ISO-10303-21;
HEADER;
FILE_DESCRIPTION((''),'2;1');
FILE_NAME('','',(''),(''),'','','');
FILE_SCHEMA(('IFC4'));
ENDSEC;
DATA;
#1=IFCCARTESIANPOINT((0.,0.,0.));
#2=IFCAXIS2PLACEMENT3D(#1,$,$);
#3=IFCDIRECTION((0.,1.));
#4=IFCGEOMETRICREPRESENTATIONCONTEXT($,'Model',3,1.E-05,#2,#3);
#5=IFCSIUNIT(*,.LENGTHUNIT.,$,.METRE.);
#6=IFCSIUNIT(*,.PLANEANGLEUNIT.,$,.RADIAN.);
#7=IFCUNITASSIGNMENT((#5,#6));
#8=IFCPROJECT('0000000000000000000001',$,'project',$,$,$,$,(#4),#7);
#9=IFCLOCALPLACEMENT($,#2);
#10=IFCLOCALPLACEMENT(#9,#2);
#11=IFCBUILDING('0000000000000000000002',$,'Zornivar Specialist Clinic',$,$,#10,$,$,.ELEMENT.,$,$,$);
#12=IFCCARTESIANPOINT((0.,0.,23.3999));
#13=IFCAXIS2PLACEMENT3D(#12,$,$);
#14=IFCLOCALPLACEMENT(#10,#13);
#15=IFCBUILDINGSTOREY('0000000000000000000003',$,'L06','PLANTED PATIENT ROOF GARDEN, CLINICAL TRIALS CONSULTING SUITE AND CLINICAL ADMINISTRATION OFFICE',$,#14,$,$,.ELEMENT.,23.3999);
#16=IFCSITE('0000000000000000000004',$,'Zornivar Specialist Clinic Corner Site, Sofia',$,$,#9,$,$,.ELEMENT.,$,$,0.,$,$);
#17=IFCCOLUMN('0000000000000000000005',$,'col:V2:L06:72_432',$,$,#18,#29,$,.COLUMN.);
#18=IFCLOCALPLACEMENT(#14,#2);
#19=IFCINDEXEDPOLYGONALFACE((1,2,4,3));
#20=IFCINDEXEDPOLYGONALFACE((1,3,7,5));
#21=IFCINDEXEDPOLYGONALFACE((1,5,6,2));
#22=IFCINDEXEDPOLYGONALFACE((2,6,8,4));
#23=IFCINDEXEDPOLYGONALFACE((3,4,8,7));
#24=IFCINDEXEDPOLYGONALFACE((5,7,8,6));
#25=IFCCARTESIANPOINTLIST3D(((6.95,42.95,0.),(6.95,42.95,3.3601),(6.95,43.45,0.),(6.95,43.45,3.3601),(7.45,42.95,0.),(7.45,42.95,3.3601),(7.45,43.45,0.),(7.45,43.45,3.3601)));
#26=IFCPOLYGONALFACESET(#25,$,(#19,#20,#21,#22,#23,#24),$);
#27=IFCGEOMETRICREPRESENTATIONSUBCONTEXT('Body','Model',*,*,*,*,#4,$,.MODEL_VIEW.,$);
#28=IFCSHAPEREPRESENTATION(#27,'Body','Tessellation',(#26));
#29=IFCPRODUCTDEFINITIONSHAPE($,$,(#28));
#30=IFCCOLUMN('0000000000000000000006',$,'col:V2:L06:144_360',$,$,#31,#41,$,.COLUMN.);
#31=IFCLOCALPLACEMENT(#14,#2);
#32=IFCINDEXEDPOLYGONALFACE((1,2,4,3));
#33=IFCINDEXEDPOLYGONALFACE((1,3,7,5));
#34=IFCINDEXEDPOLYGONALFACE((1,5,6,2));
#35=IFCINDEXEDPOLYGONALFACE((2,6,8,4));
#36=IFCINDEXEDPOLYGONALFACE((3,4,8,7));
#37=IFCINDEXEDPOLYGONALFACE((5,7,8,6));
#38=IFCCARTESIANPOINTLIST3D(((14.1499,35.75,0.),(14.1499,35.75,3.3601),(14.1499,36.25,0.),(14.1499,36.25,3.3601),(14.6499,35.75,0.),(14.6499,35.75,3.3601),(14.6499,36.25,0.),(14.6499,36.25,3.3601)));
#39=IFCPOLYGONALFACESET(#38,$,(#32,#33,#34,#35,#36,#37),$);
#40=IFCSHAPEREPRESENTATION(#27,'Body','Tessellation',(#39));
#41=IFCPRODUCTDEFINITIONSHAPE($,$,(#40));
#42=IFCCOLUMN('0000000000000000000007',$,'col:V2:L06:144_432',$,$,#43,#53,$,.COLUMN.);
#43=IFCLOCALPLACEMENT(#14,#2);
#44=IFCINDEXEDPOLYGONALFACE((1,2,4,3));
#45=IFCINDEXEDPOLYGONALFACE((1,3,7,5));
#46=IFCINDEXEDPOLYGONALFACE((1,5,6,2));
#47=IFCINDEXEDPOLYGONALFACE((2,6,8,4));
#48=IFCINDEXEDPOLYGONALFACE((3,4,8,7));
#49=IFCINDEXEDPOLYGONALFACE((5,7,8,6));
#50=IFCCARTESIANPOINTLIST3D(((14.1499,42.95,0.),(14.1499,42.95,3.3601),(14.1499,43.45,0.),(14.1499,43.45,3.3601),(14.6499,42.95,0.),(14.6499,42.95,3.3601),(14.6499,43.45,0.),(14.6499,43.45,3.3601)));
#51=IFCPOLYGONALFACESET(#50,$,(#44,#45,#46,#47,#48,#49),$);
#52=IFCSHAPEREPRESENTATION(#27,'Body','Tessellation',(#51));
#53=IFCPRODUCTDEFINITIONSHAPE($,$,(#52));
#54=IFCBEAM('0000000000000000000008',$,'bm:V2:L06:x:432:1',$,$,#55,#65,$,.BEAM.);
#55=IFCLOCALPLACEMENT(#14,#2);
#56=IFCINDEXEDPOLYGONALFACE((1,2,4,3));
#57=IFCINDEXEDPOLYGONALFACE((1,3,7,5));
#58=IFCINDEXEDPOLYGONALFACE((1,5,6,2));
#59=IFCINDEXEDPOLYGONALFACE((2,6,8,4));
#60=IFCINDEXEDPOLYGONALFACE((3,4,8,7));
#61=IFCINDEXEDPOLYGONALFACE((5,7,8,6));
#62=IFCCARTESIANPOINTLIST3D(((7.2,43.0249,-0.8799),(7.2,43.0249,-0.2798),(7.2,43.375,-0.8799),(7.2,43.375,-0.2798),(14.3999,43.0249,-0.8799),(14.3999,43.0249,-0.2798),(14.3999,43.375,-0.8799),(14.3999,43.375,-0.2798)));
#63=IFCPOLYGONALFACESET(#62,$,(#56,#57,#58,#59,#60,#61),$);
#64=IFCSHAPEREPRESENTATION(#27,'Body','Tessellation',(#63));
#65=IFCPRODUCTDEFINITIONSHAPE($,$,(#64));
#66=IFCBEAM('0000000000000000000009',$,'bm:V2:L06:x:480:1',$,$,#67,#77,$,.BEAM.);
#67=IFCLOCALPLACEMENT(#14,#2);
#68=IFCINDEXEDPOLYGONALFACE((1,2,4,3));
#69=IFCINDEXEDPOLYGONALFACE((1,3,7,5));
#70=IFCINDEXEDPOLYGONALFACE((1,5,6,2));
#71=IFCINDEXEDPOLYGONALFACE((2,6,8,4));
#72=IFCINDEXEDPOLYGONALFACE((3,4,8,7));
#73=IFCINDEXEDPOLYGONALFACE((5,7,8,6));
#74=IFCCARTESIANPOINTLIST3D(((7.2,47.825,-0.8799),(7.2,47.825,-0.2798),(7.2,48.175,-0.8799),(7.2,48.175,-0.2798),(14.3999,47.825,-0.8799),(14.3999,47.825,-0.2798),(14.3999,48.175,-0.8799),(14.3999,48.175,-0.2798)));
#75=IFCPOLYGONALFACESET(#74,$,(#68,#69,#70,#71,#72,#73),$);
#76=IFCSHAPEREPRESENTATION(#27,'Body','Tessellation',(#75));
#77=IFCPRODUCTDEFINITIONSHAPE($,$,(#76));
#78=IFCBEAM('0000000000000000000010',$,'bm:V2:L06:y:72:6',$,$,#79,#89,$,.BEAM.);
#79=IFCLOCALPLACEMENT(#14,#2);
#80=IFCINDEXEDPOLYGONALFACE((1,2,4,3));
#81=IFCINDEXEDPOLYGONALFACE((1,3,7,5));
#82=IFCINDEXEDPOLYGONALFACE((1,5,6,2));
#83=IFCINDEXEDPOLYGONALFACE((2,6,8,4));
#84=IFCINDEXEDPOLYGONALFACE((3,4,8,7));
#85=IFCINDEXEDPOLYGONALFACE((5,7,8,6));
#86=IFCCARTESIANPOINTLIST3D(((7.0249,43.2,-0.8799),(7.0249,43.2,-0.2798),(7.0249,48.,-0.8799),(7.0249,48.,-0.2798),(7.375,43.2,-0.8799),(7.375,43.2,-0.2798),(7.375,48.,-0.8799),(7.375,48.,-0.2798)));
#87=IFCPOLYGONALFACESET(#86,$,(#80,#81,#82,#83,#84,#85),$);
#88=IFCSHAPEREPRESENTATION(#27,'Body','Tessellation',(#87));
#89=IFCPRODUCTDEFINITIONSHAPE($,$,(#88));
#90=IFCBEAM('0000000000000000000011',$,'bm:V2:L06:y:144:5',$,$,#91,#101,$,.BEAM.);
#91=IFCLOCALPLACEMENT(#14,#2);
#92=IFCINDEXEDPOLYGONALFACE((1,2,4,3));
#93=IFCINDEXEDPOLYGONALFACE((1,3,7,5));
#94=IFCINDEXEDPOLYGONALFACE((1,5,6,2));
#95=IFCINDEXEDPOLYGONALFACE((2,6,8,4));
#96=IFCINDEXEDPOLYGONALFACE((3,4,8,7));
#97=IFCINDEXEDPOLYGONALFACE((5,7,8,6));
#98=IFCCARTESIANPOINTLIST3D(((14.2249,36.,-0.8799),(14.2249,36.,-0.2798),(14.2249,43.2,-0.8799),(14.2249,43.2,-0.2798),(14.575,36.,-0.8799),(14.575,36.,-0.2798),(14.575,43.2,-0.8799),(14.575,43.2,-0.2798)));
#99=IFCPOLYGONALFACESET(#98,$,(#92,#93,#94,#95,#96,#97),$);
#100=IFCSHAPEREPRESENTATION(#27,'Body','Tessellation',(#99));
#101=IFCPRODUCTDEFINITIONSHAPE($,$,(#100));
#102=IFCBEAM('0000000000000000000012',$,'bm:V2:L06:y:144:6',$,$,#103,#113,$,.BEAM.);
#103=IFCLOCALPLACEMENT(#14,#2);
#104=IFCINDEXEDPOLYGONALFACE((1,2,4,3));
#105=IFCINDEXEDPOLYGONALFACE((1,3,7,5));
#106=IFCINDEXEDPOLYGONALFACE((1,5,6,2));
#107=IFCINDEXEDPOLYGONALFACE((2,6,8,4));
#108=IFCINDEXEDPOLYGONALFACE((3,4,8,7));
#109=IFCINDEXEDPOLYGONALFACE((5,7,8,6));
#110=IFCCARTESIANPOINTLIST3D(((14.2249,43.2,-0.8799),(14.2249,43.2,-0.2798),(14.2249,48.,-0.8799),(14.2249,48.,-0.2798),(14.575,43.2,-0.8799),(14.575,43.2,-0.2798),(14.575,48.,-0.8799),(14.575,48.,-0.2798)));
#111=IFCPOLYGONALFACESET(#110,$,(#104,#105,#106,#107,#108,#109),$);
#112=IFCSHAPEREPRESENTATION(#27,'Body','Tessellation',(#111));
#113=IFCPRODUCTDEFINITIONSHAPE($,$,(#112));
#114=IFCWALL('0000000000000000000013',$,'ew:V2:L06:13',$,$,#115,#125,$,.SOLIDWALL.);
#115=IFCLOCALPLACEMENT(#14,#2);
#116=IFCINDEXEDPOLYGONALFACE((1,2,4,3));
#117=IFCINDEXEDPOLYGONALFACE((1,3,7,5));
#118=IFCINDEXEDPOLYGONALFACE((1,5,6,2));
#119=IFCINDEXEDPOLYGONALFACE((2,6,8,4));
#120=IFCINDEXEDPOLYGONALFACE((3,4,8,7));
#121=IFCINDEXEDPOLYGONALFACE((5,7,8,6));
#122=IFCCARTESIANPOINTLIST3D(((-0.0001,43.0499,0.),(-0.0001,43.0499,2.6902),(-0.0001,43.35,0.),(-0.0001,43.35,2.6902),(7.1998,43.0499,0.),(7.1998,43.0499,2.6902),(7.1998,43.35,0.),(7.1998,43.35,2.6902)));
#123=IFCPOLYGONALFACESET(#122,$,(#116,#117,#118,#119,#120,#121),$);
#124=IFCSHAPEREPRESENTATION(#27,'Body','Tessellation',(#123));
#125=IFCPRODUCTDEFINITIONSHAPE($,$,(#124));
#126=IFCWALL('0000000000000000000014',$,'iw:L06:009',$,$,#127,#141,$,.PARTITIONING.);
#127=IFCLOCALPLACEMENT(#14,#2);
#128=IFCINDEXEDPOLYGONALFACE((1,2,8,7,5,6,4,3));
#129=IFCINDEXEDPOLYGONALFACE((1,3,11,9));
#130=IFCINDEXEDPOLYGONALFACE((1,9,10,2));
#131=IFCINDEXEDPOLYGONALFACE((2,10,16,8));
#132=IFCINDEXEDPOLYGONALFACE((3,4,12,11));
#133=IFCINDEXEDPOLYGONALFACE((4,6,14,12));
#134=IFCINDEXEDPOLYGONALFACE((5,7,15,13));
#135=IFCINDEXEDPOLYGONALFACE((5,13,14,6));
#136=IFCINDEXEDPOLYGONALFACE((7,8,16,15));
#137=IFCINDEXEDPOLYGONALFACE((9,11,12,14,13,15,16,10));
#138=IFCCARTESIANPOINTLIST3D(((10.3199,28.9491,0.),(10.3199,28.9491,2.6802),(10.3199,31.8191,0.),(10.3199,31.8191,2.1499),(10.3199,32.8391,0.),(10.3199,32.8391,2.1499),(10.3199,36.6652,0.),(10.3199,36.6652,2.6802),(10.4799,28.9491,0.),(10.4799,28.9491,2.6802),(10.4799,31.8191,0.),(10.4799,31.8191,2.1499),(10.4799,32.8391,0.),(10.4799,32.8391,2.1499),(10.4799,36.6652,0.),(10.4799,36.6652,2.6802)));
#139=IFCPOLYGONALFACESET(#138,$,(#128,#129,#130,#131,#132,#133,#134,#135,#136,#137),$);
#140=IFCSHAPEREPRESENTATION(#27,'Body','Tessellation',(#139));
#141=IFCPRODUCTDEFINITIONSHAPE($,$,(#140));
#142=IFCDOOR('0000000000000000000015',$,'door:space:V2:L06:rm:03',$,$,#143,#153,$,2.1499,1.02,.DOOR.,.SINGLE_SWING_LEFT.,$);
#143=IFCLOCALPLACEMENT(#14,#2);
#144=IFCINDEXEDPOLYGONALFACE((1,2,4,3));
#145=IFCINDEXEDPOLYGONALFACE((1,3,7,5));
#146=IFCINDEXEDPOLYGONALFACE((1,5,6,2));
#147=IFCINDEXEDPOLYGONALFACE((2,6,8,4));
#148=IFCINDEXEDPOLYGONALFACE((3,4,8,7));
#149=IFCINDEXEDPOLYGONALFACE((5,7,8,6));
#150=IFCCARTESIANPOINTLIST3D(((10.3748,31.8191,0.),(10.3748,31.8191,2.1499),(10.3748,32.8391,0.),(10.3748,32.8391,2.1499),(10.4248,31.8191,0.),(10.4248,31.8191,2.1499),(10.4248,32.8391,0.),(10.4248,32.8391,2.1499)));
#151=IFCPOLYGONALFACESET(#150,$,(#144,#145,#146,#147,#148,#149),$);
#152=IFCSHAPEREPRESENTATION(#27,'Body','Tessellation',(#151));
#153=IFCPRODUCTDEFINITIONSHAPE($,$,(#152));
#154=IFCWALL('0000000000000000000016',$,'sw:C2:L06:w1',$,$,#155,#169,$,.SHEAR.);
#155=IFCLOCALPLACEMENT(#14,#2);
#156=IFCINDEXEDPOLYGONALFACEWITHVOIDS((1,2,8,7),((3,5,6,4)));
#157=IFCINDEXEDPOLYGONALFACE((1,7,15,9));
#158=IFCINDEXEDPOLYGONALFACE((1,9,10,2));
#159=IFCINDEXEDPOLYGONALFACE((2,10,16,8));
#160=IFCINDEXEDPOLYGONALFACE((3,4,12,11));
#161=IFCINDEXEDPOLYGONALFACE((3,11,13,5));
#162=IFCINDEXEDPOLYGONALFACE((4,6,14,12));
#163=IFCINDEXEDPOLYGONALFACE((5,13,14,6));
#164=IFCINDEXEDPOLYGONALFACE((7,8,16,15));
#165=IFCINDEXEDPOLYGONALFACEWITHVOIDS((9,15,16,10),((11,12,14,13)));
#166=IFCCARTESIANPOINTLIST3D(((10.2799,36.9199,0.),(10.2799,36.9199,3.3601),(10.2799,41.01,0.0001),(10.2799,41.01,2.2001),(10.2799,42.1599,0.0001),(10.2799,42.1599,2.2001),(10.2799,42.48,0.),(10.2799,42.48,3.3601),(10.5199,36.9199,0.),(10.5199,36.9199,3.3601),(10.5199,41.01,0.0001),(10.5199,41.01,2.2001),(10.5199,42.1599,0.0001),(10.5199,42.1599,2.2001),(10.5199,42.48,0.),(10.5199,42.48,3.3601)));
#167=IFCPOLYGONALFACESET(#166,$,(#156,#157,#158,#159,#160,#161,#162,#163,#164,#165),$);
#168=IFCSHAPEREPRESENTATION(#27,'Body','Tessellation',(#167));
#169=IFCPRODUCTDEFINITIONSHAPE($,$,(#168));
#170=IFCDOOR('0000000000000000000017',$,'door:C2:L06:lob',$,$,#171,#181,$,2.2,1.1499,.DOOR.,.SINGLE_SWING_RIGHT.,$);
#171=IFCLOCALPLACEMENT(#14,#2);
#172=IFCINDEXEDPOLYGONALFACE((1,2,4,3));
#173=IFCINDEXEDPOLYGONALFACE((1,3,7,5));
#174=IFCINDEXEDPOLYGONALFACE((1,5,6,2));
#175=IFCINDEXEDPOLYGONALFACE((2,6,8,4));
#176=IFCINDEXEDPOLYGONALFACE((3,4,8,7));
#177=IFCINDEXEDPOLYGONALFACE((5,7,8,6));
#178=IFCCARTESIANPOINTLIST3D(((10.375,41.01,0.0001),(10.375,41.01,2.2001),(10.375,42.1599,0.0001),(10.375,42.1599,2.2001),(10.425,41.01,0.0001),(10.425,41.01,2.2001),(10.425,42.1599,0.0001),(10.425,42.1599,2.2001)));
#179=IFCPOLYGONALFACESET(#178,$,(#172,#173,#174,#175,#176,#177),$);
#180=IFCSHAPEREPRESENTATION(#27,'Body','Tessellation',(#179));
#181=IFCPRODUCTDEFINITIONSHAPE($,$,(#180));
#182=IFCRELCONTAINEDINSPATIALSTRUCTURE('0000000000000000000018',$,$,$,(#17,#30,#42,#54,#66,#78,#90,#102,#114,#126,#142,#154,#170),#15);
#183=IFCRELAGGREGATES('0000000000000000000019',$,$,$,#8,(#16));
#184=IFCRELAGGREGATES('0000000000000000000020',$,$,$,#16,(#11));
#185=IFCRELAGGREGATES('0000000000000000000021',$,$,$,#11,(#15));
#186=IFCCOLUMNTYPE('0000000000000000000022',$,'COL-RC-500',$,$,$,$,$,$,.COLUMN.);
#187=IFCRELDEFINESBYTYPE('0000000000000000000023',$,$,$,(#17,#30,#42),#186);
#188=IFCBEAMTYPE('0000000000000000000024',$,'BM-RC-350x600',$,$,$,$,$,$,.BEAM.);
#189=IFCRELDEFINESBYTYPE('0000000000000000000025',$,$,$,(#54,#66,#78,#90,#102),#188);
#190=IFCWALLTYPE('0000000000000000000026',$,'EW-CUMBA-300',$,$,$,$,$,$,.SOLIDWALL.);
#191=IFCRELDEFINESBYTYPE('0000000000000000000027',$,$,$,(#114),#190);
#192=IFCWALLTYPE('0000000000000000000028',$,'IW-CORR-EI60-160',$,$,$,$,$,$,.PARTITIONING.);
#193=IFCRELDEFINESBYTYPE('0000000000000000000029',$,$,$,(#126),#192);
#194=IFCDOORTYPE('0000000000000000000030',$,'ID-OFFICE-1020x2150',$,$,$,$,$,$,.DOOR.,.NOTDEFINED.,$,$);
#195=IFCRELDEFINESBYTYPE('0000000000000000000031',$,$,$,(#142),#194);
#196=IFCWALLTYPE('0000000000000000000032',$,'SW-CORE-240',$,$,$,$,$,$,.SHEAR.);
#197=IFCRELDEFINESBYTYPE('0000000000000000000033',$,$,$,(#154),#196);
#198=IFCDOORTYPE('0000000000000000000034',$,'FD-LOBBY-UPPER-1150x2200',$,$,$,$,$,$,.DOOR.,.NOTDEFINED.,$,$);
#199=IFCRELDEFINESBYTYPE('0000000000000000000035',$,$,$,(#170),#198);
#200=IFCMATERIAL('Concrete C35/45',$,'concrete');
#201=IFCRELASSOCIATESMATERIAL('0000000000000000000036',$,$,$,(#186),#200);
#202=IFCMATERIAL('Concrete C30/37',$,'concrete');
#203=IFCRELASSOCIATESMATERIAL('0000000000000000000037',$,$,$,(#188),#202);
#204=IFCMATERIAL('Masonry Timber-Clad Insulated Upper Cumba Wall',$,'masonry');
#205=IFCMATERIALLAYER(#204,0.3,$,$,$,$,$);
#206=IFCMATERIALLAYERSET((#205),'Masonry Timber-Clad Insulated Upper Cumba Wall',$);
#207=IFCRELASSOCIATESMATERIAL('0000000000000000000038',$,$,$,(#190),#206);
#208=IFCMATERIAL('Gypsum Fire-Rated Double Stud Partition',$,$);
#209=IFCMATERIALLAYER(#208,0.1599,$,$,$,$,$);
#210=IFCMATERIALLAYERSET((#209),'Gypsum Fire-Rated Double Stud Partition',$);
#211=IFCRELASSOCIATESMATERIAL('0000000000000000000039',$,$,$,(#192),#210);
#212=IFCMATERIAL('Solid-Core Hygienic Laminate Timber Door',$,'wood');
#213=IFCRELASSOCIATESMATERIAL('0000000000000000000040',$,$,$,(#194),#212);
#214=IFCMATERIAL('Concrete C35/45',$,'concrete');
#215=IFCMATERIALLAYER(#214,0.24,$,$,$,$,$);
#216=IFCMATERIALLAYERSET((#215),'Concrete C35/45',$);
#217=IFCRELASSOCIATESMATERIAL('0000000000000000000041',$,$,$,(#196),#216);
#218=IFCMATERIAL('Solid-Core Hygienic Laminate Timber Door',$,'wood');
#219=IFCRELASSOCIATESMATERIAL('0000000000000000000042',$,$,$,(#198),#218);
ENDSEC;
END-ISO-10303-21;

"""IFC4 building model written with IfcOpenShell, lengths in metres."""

from ifc_helpers import new_model, si_unit, direction, frame, frame_2d, origin, origin_2d, place, context, subcontext, project, spatial, rectangle, extrude, material, layer, layer_set, material_profile, profile_set, type_object, element, fill, save


model = new_model("IFC4")

# Units and contexts
model_context = context("Model", 3, precision=1e-05, world=origin(), true_north=direction((0.0, 1.0)))
body_context = subcontext(model_context, "Body", "Model", "MODEL_VIEW")
ifc_project = project(units=[si_unit("LENGTHUNIT", "METRE"), si_unit("PLANEANGLEUNIT", "RADIAN")], contexts=[model_context])

# Site, building, storey
site_placement = place(None, origin())
site = spatial("IfcSite", under=ifc_project, at=site_placement, Name="Zornivar Specialist Clinic Corner Site, Sofia", CompositionType="ELEMENT", RefElevation=0.0)
building_placement = place(site_placement, origin())
building = spatial("IfcBuilding", under=site, at=building_placement, Name="Zornivar Specialist Clinic", CompositionType="ELEMENT")
storey_placement = place(building_placement, frame((0.0, 0.0, 23.3999)))
storey = spatial("IfcBuildingStorey", under=building, at=storey_placement, Name="L06", Description="PLANTED PATIENT ROOF GARDEN, CLINICAL TRIALS CONSULTING SUITE AND CLINICAL ADMINISTRATION OFFICE", CompositionType="ELEMENT", Elevation=23.3999)

# Columns
ifc_material_1 = material(Name="Concrete C35/45", Category="concrete")
ifc_material_profile_1 = material_profile(ifc_material_1, rectangle(XDim=0.5, YDim=0.5, at=origin_2d()), Name="RC 500x500")
ifc_profile_set_1 = profile_set([ifc_material_profile_1], Name="Concrete C35/45")
column_type = type_object("IfcColumnType", Name="COL-RC-500", PredefinedType="COLUMN", material=ifc_profile_set_1)
for number, where, z_axis, x_axis, name in (
    (1, (7.2, 43.2, 0.0), (0.0, 0.0, 1.0), (1.0, 0.0, 0.0), "col:V2:L06:72_432"),
    (2, (14.3999, 36.0, 0.0), (0.0, 0.0, 1.0), (1.0, 0.0, 0.0), "col:V2:L06:144_360"),
    (3, (14.3999, 43.2, 0.0), (0.0, 0.0, 1.0), (1.0, 0.0, 0.0), "col:V2:L06:144_432"),
):
    element("IfcColumn", number, at=place(storey_placement, frame(where, z_axis=z_axis, x_axis=x_axis)), inside=storey, type_object=column_type, Name=name, PredefinedType="COLUMN", context=body_context, shape_type="SweptSolid", body=[
        extrude(rectangle(XDim=0.5, YDim=0.5, at=origin_2d()), origin(), (0.0, 0.0, 1.0), 3.3601),
    ])

# Beams
ifc_material_2 = material(Name="Concrete C30/37", Category="concrete")
ifc_material_profile_2 = material_profile(ifc_material_2, rectangle(XDim=0.3501, YDim=0.6001, at=origin_2d()), Name="RC 350x600")
ifc_profile_set_2 = profile_set([ifc_material_profile_2], Name="Concrete C30/37")
beam_type = type_object("IfcBeamType", Name="BM-RC-350x600", PredefinedType="BEAM", material=ifc_profile_set_2)
for number, where, z_axis, x_axis, name in (
    (4, (7.2, 43.2, -0.5798), (1.0, 0.0, 0.0), (0.0, 1.0, 0.0), "bm:V2:L06:x:432:1"),
    (5, (7.2, 48.0, -0.5798), (1.0, 0.0, 0.0), (0.0, 1.0, 0.0), "bm:V2:L06:x:480:1"),
):
    element("IfcBeam", number, at=place(storey_placement, frame(where, z_axis=z_axis, x_axis=x_axis)), inside=storey, type_object=beam_type, Name=name, PredefinedType="BEAM", context=body_context, shape_type="SweptSolid", body=[
        extrude(rectangle(XDim=0.3501, YDim=0.6001, at=origin_2d()), origin(), (0.0, 0.0, 1.0), 7.2),
    ])
beam_1_placement = place(storey_placement, frame((7.2, 43.2, -0.5798), z_axis=(0.0, 1.0, 0.0), x_axis=(-1.0, 0.0, 0.0)))
element("IfcBeam", 6, at=beam_1_placement, inside=storey, type_object=beam_type, Name="bm:V2:L06:y:72:6", PredefinedType="BEAM", context=body_context, shape_type="SweptSolid", body=[
    extrude(rectangle(XDim=0.3501, YDim=0.6001, at=origin_2d()), origin(), (0.0, 0.0, 1.0), 4.8),
])
beam_2_placement = place(storey_placement, frame((14.3999, 36.0, -0.5798), z_axis=(0.0, 1.0, 0.0), x_axis=(-1.0, 0.0, 0.0)))
element("IfcBeam", 7, at=beam_2_placement, inside=storey, type_object=beam_type, Name="bm:V2:L06:y:144:5", PredefinedType="BEAM", context=body_context, shape_type="SweptSolid", body=[
    extrude(rectangle(XDim=0.3501, YDim=0.6001, at=origin_2d()), origin(), (0.0, 0.0, 1.0), 7.2),
])
beam_3_placement = place(storey_placement, frame((14.3999, 43.2, -0.5798), z_axis=(0.0, 1.0, 0.0), x_axis=(-1.0, 0.0, 0.0)))
element("IfcBeam", 8, at=beam_3_placement, inside=storey, type_object=beam_type, Name="bm:V2:L06:y:144:6", PredefinedType="BEAM", context=body_context, shape_type="SweptSolid", body=[
    extrude(rectangle(XDim=0.3501, YDim=0.6001, at=origin_2d()), origin(), (0.0, 0.0, 1.0), 4.8),
])

# Wall
ifc_material_3 = material(Name="Masonry Timber-Clad Insulated Upper Cumba Wall", Category="masonry")
ifc_layer_1 = layer(ifc_material_3, 0.3)
ifc_layer_set_1 = layer_set([ifc_layer_1], Name="Masonry Timber-Clad Insulated Upper Cumba Wall")
wall_type_1 = type_object("IfcWallType", Name="EW-CUMBA-300", PredefinedType="SOLIDWALL", material=ifc_layer_set_1)
wall_1_placement = place(storey_placement, frame((7.2, 43.2, 0.0), z_axis=(0.0, 0.0, 1.0), x_axis=(-1.0, 0.0, 0.0)))
element("IfcWall", 9, at=wall_1_placement, inside=storey, type_object=wall_type_1, Name="ew:V2:L06:13", PredefinedType="SOLIDWALL", context=body_context, shape_type="SweptSolid", body=[
    extrude(rectangle(XDim=7.2, YDim=0.3, at=frame_2d((3.6001, 0.0))), origin(), (0.0, 0.0, 1.0), 2.6902),
])

# Walls, openings, doors
ifc_material_4 = material(Name="Gypsum Fire-Rated Double Stud Partition")
ifc_layer_2 = layer(ifc_material_4, 0.1599)
ifc_layer_set_2 = layer_set([ifc_layer_2], Name="Gypsum Fire-Rated Double Stud Partition")
wall_type_2 = type_object("IfcWallType", Name="IW-CORR-EI60-160", PredefinedType="PARTITIONING", material=ifc_layer_set_2)
wall_2_placement = place(storey_placement, frame((10.3999, 36.665, 0.0), z_axis=(0.0, 0.0, 1.0), x_axis=(0.0, -1.0, 0.0)))
wall_2 = element("IfcWall", 10, at=wall_2_placement, inside=storey, type_object=wall_type_2, Name="iw:L06:009", PredefinedType="PARTITIONING", context=body_context, shape_type="SweptSolid", body=[
    extrude(rectangle(XDim=7.7161, YDim=0.1599, at=frame_2d((3.8579, 0.0))), origin(), (0.0, 0.0, 1.0), 2.6802),
])
opening_1_placement = place(wall_2_placement, frame((3.8259, 0.0, 0.0)))
opening_1 = element("IfcOpeningElement", 11, at=opening_1_placement, cuts=wall_2, PredefinedType="OPENING", context=body_context, shape_type="SweptSolid", body=[
    extrude(rectangle(XDim=1.02, YDim=2.1499, at=frame_2d((0.51, 1.075))), frame((0.0, 0.0898, 0.0), z_axis=(0.0, -1.0, 0.0), x_axis=(1.0, 0.0, 0.0)), (0.0, 0.0, 1.0), 0.1799),
])
ifc_material_5 = material(Name="Solid-Core Hygienic Laminate Timber Door", Category="wood")
door_type_1 = type_object("IfcDoorType", Name="ID-OFFICE-1020x2150", OperationType="NOTDEFINED", PredefinedType="DOOR", material=ifc_material_5)
door_1_placement = place(opening_1_placement, origin())
door_1 = element("IfcDoor", 12, at=door_1_placement, inside=storey, type_object=door_type_1, Name="door:space:V2:L06:rm:03", OperationType="SINGLE_SWING_LEFT", OverallHeight=2.1499, OverallWidth=1.02, PredefinedType="DOOR", context=body_context, shape_type="SweptSolid", body=[
    extrude(rectangle(XDim=1.02, YDim=2.1499, at=frame_2d((0.51, 1.075))), frame((0.0, 0.0249, 0.0), z_axis=(0.0, -1.0, 0.0), x_axis=(1.0, 0.0, 0.0)), (0.0, 0.0, 1.0), 0.05),
])
fill(opening_1, door_1)
ifc_material_6 = material(Name="Concrete C35/45", Category="concrete")
ifc_layer_3 = layer(ifc_material_6, 0.24)
ifc_layer_set_3 = layer_set([ifc_layer_3], Name="Concrete C35/45")
wall_type_3 = type_object("IfcWallType", Name="SW-CORE-240", PredefinedType="SHEAR", material=ifc_layer_set_3)
wall_3_placement = place(storey_placement, frame((10.3999, 36.9199, 0.0), z_axis=(0.0, 0.0, 1.0), x_axis=(0.0, 1.0, 0.0)))
wall_3 = element("IfcWall", 13, at=wall_3_placement, inside=storey, type_object=wall_type_3, Name="sw:C2:L06:w1", PredefinedType="SHEAR", context=body_context, shape_type="SweptSolid", body=[
    extrude(rectangle(XDim=5.5601, YDim=0.24, at=frame_2d((2.78, 0.0))), origin(), (0.0, 0.0, 1.0), 3.3601),
])
opening_2_placement = place(wall_3_placement, frame((4.0901, 0.0, 0.0)))
opening_2 = element("IfcOpeningElement", 14, at=opening_2_placement, cuts=wall_3, PredefinedType="OPENING", context=body_context, shape_type="SweptSolid", body=[
    extrude(rectangle(XDim=1.1499, YDim=2.2, at=frame_2d((0.575, 1.1001))), frame((0.0, 0.1299, 0.0), z_axis=(0.0, -1.0, 0.0), x_axis=(1.0, 0.0, 0.0)), (0.0, 0.0, 1.0), 0.26),
])
ifc_material_7 = material(Name="Solid-Core Hygienic Laminate Timber Door", Category="wood")
door_type_2 = type_object("IfcDoorType", Name="FD-LOBBY-UPPER-1150x2200", OperationType="NOTDEFINED", PredefinedType="DOOR", material=ifc_material_7)
door_2_placement = place(opening_2_placement, origin())
door_2 = element("IfcDoor", 15, at=door_2_placement, inside=storey, type_object=door_type_2, Name="door:C2:L06:lob", OperationType="SINGLE_SWING_RIGHT", OverallHeight=2.2, OverallWidth=1.1499, PredefinedType="DOOR", context=body_context, shape_type="SweptSolid", body=[
    extrude(rectangle(XDim=1.1499, YDim=2.2, at=frame_2d((0.575, 1.1001))), frame((0.0, 0.0249, 0.0), z_axis=(0.0, -1.0, 0.0), x_axis=(1.0, 0.0, 0.0)), (0.0, 0.0, 1.0), 0.05),
])
fill(opening_2, door_2)

save(model, "model.ifc")
